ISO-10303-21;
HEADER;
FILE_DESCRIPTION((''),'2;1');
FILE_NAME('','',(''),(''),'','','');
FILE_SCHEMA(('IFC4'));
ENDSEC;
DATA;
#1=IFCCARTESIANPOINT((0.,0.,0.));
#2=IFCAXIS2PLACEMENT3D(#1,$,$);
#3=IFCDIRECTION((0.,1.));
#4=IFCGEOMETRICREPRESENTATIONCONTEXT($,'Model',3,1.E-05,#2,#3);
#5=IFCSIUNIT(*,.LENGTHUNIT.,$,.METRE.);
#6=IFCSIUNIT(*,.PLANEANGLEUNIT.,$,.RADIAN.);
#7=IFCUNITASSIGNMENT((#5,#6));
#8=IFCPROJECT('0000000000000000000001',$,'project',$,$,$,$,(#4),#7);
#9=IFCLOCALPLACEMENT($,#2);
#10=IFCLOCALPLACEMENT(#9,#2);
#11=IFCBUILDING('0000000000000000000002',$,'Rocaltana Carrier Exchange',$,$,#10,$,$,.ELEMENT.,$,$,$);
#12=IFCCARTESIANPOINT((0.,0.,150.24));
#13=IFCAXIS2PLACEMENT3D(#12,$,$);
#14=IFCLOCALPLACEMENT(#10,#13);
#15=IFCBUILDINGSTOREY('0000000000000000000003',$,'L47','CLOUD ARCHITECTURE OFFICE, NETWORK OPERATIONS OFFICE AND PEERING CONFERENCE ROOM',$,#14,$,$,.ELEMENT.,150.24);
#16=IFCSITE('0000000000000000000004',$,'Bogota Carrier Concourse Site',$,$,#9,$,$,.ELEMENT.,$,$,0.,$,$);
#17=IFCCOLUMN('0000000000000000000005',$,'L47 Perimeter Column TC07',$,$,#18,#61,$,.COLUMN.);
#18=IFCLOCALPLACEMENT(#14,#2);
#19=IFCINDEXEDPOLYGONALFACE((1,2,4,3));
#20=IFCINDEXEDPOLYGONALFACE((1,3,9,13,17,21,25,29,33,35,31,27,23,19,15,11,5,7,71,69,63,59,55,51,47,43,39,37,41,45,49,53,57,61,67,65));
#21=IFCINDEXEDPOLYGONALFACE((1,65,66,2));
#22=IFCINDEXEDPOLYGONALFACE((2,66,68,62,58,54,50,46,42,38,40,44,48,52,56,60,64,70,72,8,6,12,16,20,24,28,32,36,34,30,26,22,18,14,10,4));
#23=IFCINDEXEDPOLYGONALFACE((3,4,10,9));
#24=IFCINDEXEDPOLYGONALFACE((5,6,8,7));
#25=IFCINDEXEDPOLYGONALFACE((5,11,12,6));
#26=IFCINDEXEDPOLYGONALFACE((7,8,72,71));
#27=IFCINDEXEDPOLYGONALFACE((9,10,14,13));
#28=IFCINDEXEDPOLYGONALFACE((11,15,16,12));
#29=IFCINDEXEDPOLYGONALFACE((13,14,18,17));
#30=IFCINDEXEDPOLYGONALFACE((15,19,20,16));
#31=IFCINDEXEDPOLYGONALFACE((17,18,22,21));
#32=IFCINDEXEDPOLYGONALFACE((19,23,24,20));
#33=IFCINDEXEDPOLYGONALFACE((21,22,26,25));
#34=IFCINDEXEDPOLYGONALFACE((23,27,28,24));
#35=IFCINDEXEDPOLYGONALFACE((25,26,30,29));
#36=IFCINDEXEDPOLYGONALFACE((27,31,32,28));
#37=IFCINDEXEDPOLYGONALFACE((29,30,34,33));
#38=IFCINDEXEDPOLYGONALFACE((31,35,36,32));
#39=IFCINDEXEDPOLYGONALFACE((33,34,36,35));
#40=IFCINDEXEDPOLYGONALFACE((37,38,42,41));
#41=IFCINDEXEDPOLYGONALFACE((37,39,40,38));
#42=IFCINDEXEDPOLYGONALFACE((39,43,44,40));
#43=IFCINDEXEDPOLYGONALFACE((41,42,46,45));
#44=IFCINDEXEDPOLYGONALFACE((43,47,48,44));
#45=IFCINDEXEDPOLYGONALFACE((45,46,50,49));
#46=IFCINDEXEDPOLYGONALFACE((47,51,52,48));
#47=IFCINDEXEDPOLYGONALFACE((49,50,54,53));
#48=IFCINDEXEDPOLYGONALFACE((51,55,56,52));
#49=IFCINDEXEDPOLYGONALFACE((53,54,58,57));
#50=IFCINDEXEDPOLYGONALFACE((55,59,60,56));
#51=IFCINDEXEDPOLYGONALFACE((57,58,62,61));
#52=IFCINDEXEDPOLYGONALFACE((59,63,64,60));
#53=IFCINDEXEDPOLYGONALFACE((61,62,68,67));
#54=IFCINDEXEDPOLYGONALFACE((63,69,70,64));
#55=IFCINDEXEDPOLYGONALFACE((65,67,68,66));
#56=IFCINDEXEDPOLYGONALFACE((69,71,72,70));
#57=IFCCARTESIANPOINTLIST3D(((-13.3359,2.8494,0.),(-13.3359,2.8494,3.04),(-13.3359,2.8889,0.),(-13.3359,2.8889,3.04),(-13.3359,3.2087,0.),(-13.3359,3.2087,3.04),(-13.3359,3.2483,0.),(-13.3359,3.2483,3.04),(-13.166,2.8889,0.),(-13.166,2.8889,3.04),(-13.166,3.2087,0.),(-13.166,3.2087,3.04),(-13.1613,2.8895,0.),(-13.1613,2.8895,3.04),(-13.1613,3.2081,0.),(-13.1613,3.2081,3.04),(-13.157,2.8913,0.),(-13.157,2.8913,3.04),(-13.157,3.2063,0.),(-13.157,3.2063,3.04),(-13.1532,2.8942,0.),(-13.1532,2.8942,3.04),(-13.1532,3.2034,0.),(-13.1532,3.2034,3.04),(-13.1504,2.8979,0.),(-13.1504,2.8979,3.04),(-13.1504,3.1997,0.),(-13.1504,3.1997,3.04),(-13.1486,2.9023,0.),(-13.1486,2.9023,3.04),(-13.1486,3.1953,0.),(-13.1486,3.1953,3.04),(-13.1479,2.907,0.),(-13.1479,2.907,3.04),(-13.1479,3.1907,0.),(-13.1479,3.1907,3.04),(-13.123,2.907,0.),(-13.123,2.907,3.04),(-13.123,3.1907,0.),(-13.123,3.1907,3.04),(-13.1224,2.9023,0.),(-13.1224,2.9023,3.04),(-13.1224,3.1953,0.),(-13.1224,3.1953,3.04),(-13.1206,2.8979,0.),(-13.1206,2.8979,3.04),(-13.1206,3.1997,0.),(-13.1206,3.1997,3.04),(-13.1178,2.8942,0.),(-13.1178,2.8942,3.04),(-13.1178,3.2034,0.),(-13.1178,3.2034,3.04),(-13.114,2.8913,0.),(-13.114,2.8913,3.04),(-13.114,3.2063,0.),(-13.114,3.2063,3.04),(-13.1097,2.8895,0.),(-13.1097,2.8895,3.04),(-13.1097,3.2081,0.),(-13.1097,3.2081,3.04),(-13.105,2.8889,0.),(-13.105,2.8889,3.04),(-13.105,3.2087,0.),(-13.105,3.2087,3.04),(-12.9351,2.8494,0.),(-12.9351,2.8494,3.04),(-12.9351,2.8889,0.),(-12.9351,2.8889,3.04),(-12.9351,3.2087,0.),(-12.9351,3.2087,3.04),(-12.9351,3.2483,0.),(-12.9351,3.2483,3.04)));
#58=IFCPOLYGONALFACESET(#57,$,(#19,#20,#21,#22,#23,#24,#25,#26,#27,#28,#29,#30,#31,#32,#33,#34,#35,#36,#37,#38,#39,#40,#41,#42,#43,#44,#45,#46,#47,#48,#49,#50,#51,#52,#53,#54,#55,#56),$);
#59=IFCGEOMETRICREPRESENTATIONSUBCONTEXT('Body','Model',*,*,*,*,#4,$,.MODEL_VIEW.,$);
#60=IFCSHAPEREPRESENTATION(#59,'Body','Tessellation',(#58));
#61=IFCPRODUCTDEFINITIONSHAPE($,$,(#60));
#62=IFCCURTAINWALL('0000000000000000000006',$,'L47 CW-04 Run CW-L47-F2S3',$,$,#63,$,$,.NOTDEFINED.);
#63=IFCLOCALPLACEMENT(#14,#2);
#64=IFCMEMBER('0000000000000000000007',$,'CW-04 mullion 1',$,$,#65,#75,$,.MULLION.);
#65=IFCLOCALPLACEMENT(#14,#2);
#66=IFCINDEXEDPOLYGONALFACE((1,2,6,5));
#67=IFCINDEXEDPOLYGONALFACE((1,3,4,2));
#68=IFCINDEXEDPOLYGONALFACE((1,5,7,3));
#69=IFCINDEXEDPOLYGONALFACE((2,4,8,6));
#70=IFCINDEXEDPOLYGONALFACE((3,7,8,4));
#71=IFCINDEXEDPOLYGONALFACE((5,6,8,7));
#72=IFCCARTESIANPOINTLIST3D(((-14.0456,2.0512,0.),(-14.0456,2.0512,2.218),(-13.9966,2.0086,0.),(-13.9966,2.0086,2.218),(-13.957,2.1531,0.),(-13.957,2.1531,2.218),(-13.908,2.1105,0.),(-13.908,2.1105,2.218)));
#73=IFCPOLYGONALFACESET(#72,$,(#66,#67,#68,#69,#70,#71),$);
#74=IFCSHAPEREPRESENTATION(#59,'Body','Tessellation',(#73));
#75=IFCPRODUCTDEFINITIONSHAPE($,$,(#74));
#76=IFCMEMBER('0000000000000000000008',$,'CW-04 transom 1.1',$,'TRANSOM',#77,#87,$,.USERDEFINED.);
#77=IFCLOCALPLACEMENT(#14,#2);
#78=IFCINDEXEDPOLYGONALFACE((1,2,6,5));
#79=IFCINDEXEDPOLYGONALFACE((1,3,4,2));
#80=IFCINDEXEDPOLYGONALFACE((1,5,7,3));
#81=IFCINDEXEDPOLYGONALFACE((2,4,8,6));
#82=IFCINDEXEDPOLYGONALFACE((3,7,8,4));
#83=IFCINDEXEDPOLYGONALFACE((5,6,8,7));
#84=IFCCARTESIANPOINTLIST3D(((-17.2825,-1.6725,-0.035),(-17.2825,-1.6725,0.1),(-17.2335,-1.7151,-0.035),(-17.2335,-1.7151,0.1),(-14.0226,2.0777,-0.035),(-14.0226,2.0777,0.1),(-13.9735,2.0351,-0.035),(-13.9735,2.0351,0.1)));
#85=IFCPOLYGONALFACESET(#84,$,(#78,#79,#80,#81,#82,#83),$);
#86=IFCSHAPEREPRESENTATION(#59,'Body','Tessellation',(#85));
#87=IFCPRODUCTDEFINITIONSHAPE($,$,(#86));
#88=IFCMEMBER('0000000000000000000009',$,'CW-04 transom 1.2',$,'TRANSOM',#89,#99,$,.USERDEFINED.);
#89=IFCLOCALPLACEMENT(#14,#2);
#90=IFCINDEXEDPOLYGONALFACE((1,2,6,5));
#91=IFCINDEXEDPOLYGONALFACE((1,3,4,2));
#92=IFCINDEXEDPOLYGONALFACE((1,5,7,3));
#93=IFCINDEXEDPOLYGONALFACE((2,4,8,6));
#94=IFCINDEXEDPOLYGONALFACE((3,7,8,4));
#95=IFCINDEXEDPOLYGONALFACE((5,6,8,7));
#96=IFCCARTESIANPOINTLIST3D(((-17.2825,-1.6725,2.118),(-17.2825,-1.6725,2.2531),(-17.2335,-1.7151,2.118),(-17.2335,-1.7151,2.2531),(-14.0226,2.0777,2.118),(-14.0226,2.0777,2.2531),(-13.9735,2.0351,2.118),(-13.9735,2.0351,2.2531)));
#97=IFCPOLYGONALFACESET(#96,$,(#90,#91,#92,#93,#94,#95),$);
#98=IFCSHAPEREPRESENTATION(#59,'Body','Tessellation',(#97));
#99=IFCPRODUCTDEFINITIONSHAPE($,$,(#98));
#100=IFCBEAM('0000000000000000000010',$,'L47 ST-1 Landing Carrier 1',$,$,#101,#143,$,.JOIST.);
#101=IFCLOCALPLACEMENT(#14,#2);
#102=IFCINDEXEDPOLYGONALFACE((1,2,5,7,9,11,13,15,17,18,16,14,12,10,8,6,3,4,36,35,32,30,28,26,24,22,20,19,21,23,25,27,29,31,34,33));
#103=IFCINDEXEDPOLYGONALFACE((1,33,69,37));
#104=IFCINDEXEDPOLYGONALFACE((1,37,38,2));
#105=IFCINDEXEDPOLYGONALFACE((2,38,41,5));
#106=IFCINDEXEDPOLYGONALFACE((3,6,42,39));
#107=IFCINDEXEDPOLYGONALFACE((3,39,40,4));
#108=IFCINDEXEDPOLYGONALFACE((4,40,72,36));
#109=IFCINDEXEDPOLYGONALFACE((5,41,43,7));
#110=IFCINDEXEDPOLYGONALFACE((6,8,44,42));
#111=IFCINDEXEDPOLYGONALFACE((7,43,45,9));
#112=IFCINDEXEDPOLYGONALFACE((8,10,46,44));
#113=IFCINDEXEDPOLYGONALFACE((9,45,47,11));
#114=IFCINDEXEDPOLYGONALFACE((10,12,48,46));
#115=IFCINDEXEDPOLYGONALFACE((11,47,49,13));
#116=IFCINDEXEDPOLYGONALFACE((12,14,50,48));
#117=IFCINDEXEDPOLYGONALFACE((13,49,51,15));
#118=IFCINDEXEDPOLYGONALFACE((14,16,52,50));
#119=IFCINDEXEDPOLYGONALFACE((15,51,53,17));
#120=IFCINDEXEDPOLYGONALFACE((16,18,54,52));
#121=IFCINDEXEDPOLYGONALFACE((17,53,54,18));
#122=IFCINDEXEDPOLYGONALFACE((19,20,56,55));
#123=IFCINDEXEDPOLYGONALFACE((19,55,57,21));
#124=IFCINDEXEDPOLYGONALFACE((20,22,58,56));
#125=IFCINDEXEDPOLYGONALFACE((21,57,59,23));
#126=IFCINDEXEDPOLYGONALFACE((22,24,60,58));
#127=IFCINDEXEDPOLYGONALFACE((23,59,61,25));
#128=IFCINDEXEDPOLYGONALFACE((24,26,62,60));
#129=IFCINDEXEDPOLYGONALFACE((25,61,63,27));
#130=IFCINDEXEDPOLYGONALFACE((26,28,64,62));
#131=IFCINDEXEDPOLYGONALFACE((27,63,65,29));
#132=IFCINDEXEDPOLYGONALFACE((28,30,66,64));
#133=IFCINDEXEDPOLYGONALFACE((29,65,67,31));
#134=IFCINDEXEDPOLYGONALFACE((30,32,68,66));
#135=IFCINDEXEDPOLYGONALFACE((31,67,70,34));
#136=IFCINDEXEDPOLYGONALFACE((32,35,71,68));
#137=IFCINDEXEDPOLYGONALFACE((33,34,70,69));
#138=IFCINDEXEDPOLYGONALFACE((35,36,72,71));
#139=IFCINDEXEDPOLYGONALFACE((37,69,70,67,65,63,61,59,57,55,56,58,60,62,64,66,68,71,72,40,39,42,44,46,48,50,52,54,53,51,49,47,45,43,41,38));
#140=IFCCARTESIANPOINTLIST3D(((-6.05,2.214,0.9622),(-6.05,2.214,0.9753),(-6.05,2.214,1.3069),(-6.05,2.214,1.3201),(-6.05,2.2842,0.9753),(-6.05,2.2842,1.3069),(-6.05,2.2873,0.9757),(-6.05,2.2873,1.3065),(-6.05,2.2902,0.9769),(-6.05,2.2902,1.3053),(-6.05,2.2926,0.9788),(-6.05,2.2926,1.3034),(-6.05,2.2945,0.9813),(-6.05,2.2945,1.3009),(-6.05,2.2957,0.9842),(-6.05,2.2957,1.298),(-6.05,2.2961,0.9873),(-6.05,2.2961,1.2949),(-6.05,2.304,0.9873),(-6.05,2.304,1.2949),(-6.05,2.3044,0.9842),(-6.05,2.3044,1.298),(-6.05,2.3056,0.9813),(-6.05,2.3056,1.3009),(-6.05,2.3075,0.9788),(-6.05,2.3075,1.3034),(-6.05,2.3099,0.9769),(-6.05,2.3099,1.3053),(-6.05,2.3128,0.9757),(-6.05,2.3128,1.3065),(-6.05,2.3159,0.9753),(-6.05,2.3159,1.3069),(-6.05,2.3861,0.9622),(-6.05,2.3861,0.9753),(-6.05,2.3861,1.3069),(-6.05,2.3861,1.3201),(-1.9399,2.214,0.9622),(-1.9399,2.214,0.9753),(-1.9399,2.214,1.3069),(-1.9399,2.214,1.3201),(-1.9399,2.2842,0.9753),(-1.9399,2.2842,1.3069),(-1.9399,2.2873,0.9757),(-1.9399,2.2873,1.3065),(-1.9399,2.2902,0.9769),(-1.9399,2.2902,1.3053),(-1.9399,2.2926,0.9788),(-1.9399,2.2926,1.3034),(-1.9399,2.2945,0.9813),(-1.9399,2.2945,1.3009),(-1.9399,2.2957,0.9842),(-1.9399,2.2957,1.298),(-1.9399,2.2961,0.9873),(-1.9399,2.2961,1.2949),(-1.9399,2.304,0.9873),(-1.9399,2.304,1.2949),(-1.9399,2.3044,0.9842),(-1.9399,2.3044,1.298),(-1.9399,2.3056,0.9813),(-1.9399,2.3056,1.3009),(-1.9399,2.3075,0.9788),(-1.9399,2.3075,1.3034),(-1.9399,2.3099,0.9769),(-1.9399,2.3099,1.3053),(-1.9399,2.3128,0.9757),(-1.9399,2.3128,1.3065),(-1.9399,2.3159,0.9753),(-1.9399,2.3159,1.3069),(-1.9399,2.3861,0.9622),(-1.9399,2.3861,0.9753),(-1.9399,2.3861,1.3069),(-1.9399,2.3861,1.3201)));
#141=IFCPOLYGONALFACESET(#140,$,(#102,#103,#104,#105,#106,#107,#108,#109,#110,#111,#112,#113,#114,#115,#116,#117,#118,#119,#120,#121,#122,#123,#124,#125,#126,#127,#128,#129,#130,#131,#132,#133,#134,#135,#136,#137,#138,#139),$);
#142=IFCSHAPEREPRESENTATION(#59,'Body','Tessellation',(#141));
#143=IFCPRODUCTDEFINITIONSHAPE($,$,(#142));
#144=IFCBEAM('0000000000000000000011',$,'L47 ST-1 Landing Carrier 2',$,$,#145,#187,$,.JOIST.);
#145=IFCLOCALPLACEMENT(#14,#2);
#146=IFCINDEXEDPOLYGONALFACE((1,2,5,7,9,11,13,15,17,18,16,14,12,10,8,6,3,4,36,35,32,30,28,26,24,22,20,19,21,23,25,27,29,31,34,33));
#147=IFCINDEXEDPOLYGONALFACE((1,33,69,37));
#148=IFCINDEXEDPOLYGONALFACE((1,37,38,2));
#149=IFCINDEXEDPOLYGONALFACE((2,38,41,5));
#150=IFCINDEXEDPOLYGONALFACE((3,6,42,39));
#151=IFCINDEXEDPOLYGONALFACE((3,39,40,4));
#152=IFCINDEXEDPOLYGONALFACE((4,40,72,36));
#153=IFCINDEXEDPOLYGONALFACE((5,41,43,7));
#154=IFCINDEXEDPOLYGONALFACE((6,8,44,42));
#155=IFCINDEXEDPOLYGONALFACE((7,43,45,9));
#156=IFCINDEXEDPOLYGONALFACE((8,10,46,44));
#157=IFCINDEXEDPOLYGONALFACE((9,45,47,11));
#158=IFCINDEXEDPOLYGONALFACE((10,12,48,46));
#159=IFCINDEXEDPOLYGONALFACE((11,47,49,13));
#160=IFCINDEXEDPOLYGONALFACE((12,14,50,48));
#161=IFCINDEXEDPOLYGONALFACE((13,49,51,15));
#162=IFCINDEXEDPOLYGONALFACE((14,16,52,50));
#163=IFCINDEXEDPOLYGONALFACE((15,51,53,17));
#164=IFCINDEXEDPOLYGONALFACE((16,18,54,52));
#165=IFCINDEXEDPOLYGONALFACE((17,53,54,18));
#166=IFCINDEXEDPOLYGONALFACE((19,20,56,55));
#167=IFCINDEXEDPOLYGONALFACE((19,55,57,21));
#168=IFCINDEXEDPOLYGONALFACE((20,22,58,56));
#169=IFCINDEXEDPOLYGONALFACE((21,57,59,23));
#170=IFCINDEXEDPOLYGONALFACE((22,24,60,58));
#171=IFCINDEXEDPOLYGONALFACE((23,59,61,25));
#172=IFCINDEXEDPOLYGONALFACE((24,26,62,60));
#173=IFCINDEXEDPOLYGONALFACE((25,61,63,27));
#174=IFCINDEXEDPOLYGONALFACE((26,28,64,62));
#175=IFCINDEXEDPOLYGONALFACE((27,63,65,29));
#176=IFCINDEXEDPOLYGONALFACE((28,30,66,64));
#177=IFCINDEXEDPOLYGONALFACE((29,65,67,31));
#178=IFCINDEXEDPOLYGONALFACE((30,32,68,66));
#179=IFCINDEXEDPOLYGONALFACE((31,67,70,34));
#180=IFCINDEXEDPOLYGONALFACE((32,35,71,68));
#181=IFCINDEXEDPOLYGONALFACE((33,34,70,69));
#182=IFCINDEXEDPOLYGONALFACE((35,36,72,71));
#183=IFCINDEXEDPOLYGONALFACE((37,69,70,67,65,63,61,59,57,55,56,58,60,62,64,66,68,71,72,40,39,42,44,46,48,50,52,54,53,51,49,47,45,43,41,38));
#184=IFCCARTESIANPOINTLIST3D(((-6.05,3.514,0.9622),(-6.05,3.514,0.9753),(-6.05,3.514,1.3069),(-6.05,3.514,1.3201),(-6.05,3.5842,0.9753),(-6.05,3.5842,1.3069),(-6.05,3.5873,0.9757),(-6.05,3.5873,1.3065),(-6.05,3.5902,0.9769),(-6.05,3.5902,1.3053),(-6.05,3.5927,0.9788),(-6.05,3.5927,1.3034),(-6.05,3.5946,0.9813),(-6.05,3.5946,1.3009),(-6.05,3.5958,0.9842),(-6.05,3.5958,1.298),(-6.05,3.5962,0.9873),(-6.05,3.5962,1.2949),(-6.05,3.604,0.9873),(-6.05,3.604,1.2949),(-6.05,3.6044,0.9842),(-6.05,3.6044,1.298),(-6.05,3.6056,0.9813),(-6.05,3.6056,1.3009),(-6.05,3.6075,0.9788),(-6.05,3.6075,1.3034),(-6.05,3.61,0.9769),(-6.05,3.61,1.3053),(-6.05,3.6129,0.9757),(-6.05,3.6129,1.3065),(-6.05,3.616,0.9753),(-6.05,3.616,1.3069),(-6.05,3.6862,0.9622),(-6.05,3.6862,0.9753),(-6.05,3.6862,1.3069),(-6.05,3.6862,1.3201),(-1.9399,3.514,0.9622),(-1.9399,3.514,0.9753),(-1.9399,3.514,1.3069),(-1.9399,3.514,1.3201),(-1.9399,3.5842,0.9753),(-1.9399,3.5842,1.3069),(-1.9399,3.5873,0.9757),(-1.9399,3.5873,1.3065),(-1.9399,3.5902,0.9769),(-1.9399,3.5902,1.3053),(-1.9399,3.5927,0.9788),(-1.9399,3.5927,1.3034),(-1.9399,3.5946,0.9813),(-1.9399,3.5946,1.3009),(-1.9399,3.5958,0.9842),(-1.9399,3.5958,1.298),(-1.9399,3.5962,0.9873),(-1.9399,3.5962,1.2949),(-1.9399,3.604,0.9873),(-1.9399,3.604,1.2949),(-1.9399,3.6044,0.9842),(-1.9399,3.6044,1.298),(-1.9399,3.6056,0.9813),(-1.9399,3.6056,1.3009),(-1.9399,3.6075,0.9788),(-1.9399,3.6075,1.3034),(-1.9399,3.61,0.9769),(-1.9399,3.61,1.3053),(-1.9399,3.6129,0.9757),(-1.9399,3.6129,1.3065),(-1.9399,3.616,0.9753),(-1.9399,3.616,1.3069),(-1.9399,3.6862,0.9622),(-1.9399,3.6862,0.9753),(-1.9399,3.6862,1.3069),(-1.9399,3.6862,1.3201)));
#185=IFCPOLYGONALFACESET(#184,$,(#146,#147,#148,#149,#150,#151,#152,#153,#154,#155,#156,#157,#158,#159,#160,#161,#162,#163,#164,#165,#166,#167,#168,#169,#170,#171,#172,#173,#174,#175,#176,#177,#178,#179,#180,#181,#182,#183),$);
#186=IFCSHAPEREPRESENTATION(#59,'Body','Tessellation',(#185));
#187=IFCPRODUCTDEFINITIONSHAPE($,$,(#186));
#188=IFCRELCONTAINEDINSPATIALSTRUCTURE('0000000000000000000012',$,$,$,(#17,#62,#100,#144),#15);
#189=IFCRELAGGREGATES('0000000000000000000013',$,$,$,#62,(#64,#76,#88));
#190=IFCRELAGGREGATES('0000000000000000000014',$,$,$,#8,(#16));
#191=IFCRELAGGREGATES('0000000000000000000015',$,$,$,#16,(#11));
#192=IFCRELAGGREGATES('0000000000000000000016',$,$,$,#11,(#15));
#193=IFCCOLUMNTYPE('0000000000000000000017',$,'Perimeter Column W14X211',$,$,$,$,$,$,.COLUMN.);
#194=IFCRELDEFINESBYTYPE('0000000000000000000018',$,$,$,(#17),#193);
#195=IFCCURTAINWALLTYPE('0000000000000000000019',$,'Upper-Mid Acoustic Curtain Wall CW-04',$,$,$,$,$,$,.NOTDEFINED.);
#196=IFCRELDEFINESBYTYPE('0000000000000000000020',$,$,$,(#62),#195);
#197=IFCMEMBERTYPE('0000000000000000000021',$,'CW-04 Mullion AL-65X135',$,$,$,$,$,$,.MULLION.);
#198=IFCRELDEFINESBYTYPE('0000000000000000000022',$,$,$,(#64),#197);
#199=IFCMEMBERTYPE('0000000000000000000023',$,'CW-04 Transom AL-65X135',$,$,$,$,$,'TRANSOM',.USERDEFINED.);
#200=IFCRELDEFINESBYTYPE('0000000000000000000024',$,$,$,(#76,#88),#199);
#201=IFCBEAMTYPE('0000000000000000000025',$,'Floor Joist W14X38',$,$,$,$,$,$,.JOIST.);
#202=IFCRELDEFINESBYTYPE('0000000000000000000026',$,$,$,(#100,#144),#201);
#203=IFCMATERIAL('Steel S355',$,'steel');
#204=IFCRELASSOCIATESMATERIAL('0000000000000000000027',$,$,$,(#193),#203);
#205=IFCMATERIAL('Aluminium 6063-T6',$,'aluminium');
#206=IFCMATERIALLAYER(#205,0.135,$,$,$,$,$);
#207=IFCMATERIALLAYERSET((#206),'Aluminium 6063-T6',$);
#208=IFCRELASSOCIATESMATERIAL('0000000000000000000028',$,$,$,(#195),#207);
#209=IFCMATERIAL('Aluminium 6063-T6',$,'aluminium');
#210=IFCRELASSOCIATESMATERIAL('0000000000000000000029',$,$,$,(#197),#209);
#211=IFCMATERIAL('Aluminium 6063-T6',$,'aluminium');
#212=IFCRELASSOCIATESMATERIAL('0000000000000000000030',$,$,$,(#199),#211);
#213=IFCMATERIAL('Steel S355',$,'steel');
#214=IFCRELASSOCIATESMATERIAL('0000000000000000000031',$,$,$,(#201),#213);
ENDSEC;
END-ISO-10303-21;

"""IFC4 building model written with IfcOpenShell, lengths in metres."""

from ifc_helpers import new_model, si_unit, direction, frame, origin, origin_2d, place, context, subcontext, project, spatial, rectangle, i_section, extrude, material, layer, layer_set, material_profile, profile_set, type_object, element, aggregate, save


model = new_model("IFC4")

# Units and contexts
model_context = context("Model", 3, precision=1e-05, world=origin(), true_north=direction((0.0, 1.0)))
body_context = subcontext(model_context, "Body", "Model", "MODEL_VIEW")
ifc_project = project(units=[si_unit("LENGTHUNIT", "METRE"), si_unit("PLANEANGLEUNIT", "RADIAN")], contexts=[model_context])

# Site, building, storey
site_placement = place(None, origin())
site = spatial("IfcSite", under=ifc_project, at=site_placement, Name="Bogota Carrier Concourse Site", CompositionType="ELEMENT", RefElevation=0.0)
building_placement = place(site_placement, origin())
building = spatial("IfcBuilding", under=site, at=building_placement, Name="Rocaltana Carrier Exchange", CompositionType="ELEMENT")
storey_placement = place(building_placement, frame((0.0, 0.0, 150.24)))
storey = spatial("IfcBuildingStorey", under=building, at=storey_placement, Name="L47", Description="CLOUD ARCHITECTURE OFFICE, NETWORK OPERATIONS OFFICE AND PEERING CONFERENCE ROOM", CompositionType="ELEMENT", Elevation=150.24)

# Column
ifc_material_1 = material(Name="Steel S355", Category="steel")
ifc_material_profile_1 = material_profile(ifc_material_1, i_section(OverallWidth=0.4009, OverallDepth=0.3989, WebThickness=0.0249, FlangeThickness=0.0396, FilletRadius=0.0181, at=origin_2d()), Name="W14X211")
ifc_profile_set_1 = profile_set([ifc_material_profile_1], Name="Steel S355")
column_type = type_object("IfcColumnType", Name="Perimeter Column W14X211", PredefinedType="COLUMN", material=ifc_profile_set_1)
column_placement = place(storey_placement, frame((-13.1355, 3.0488, 0.0), z_axis=(0.0, 0.0, 1.0), x_axis=(1.0, 0.0, 0.0)))
element("IfcColumn", 1, at=column_placement, inside=storey, type_object=column_type, Name="L47 Perimeter Column TC07", PredefinedType="COLUMN", context=body_context, shape_type="SweptSolid", body=[
    extrude(i_section(OverallWidth=0.4009, OverallDepth=0.3989, WebThickness=0.0249, FlangeThickness=0.0396, FilletRadius=0.0181, at=origin_2d()), origin(), (0.0, 0.0, 1.0), 3.04),
])

# Curtain wall, members
ifc_material_2 = material(Name="Aluminium 6063-T6", Category="aluminium")
ifc_layer_1 = layer(ifc_material_2, 0.135)
ifc_layer_set_1 = layer_set([ifc_layer_1], Name="Aluminium 6063-T6")
curtain_wall_type = type_object("IfcCurtainWallType", Name="Upper-Mid Acoustic Curtain Wall CW-04", PredefinedType="NOTDEFINED", material=ifc_layer_set_1)
curtain_wall_placement = place(storey_placement, origin())
curtain_wall = element("IfcCurtainWall", 2, at=curtain_wall_placement, inside=storey, type_object=curtain_wall_type, Name="L47 CW-04 Run CW-L47-F2S3", PredefinedType="NOTDEFINED")
ifc_material_3 = material(Name="Aluminium 6063-T6", Category="aluminium")
ifc_material_profile_2 = material_profile(ifc_material_3, rectangle(XDim=0.0649, YDim=0.135, at=origin_2d()), Name="AL-65X135")
ifc_profile_set_2 = profile_set([ifc_material_profile_2], Name="Aluminium 6063-T6")
member_type_1 = type_object("IfcMemberType", Name="CW-04 Mullion AL-65X135", PredefinedType="MULLION", material=ifc_profile_set_2)
member_1_placement = place(storey_placement, frame((-13.9768, 2.0808, 0.0), z_axis=(0.0, 0.0, 1.0), x_axis=(0.754712, -0.656057, 0.0)))
member_1 = element("IfcMember", 3, at=member_1_placement, type_object=member_type_1, Name="CW-04 mullion 1", PredefinedType="MULLION", context=body_context, shape_type="SweptSolid", body=[
    extrude(rectangle(XDim=0.0649, YDim=0.135, at=origin_2d()), origin(), (0.0, 0.0, 1.0), 2.218),
])
ifc_material_4 = material(Name="Aluminium 6063-T6", Category="aluminium")
ifc_material_profile_3 = material_profile(ifc_material_4, rectangle(XDim=0.0649, YDim=0.135, at=origin_2d()), Name="AL-65X135")
ifc_profile_set_3 = profile_set([ifc_material_profile_3], Name="Aluminium 6063-T6")
member_type_2 = type_object("IfcMemberType", Name="CW-04 Transom AL-65X135", ElementType="TRANSOM", PredefinedType="USERDEFINED", material=ifc_profile_set_3)
member_2_placement = place(storey_placement, frame((-13.998, 2.0564, 0.0325), z_axis=(-0.656056, -0.754712, 0.0), x_axis=(0.754712, -0.656056, 0.0)))
member_2 = element("IfcMember", 4, at=member_2_placement, type_object=member_type_2, Name="CW-04 transom 1.1", ObjectType="TRANSOM", PredefinedType="USERDEFINED", context=body_context, shape_type="SweptSolid", body=[
    extrude(rectangle(XDim=0.0649, YDim=0.135, at=origin_2d()), origin(), (0.0, 0.0, 1.0), 4.969),
])
member_3_placement = place(storey_placement, frame((-13.998, 2.0564, 2.1855), z_axis=(-0.656056, -0.754712, 0.0), x_axis=(0.754712, -0.656056, 0.0)))
member_3 = element("IfcMember", 5, at=member_3_placement, type_object=member_type_2, Name="CW-04 transom 1.2", ObjectType="TRANSOM", PredefinedType="USERDEFINED", context=body_context, shape_type="SweptSolid", body=[
    extrude(rectangle(XDim=0.0649, YDim=0.135, at=origin_2d()), origin(), (0.0, 0.0, 1.0), 4.969),
])

# Beams
ifc_material_5 = material(Name="Steel S355", Category="steel")
ifc_material_profile_4 = material_profile(ifc_material_5, i_section(OverallWidth=0.1721, OverallDepth=0.3579, WebThickness=0.0078, FlangeThickness=0.0132, FilletRadius=0.012, at=origin_2d()), Name="W14X38")
ifc_profile_set_4 = profile_set([ifc_material_profile_4], Name="Steel S355")
beam_type_1 = type_object("IfcBeamType", Name="Floor Joist W14X38", PredefinedType="JOIST", material=ifc_profile_set_4)
for number, where, z_axis, x_axis, name in (
    (6, (-6.05, 2.3, 1.1411), (1.0, 0.0, 0.0), (0.0, 1.0, 0.0), "L47 ST-1 Landing Carrier 1"),
    (7, (-6.05, 3.6001, 1.1411), (1.0, 0.0, 0.0), (0.0, 1.0, 0.0), "L47 ST-1 Landing Carrier 2"),
):
    element("IfcBeam", number, at=place(storey_placement, frame(where, z_axis=z_axis, x_axis=x_axis)), inside=storey, type_object=beam_type_1, Name=name, PredefinedType="JOIST", context=body_context, shape_type="SweptSolid", body=[
        extrude(i_section(OverallWidth=0.1721, OverallDepth=0.3579, WebThickness=0.0078, FlangeThickness=0.0132, FilletRadius=0.012, at=origin_2d()), origin(), (0.0, 0.0, 1.0), 4.1101),
    ])

aggregate(curtain_wall, [member_1, member_2, member_3])

save(model, "model.ifc")
